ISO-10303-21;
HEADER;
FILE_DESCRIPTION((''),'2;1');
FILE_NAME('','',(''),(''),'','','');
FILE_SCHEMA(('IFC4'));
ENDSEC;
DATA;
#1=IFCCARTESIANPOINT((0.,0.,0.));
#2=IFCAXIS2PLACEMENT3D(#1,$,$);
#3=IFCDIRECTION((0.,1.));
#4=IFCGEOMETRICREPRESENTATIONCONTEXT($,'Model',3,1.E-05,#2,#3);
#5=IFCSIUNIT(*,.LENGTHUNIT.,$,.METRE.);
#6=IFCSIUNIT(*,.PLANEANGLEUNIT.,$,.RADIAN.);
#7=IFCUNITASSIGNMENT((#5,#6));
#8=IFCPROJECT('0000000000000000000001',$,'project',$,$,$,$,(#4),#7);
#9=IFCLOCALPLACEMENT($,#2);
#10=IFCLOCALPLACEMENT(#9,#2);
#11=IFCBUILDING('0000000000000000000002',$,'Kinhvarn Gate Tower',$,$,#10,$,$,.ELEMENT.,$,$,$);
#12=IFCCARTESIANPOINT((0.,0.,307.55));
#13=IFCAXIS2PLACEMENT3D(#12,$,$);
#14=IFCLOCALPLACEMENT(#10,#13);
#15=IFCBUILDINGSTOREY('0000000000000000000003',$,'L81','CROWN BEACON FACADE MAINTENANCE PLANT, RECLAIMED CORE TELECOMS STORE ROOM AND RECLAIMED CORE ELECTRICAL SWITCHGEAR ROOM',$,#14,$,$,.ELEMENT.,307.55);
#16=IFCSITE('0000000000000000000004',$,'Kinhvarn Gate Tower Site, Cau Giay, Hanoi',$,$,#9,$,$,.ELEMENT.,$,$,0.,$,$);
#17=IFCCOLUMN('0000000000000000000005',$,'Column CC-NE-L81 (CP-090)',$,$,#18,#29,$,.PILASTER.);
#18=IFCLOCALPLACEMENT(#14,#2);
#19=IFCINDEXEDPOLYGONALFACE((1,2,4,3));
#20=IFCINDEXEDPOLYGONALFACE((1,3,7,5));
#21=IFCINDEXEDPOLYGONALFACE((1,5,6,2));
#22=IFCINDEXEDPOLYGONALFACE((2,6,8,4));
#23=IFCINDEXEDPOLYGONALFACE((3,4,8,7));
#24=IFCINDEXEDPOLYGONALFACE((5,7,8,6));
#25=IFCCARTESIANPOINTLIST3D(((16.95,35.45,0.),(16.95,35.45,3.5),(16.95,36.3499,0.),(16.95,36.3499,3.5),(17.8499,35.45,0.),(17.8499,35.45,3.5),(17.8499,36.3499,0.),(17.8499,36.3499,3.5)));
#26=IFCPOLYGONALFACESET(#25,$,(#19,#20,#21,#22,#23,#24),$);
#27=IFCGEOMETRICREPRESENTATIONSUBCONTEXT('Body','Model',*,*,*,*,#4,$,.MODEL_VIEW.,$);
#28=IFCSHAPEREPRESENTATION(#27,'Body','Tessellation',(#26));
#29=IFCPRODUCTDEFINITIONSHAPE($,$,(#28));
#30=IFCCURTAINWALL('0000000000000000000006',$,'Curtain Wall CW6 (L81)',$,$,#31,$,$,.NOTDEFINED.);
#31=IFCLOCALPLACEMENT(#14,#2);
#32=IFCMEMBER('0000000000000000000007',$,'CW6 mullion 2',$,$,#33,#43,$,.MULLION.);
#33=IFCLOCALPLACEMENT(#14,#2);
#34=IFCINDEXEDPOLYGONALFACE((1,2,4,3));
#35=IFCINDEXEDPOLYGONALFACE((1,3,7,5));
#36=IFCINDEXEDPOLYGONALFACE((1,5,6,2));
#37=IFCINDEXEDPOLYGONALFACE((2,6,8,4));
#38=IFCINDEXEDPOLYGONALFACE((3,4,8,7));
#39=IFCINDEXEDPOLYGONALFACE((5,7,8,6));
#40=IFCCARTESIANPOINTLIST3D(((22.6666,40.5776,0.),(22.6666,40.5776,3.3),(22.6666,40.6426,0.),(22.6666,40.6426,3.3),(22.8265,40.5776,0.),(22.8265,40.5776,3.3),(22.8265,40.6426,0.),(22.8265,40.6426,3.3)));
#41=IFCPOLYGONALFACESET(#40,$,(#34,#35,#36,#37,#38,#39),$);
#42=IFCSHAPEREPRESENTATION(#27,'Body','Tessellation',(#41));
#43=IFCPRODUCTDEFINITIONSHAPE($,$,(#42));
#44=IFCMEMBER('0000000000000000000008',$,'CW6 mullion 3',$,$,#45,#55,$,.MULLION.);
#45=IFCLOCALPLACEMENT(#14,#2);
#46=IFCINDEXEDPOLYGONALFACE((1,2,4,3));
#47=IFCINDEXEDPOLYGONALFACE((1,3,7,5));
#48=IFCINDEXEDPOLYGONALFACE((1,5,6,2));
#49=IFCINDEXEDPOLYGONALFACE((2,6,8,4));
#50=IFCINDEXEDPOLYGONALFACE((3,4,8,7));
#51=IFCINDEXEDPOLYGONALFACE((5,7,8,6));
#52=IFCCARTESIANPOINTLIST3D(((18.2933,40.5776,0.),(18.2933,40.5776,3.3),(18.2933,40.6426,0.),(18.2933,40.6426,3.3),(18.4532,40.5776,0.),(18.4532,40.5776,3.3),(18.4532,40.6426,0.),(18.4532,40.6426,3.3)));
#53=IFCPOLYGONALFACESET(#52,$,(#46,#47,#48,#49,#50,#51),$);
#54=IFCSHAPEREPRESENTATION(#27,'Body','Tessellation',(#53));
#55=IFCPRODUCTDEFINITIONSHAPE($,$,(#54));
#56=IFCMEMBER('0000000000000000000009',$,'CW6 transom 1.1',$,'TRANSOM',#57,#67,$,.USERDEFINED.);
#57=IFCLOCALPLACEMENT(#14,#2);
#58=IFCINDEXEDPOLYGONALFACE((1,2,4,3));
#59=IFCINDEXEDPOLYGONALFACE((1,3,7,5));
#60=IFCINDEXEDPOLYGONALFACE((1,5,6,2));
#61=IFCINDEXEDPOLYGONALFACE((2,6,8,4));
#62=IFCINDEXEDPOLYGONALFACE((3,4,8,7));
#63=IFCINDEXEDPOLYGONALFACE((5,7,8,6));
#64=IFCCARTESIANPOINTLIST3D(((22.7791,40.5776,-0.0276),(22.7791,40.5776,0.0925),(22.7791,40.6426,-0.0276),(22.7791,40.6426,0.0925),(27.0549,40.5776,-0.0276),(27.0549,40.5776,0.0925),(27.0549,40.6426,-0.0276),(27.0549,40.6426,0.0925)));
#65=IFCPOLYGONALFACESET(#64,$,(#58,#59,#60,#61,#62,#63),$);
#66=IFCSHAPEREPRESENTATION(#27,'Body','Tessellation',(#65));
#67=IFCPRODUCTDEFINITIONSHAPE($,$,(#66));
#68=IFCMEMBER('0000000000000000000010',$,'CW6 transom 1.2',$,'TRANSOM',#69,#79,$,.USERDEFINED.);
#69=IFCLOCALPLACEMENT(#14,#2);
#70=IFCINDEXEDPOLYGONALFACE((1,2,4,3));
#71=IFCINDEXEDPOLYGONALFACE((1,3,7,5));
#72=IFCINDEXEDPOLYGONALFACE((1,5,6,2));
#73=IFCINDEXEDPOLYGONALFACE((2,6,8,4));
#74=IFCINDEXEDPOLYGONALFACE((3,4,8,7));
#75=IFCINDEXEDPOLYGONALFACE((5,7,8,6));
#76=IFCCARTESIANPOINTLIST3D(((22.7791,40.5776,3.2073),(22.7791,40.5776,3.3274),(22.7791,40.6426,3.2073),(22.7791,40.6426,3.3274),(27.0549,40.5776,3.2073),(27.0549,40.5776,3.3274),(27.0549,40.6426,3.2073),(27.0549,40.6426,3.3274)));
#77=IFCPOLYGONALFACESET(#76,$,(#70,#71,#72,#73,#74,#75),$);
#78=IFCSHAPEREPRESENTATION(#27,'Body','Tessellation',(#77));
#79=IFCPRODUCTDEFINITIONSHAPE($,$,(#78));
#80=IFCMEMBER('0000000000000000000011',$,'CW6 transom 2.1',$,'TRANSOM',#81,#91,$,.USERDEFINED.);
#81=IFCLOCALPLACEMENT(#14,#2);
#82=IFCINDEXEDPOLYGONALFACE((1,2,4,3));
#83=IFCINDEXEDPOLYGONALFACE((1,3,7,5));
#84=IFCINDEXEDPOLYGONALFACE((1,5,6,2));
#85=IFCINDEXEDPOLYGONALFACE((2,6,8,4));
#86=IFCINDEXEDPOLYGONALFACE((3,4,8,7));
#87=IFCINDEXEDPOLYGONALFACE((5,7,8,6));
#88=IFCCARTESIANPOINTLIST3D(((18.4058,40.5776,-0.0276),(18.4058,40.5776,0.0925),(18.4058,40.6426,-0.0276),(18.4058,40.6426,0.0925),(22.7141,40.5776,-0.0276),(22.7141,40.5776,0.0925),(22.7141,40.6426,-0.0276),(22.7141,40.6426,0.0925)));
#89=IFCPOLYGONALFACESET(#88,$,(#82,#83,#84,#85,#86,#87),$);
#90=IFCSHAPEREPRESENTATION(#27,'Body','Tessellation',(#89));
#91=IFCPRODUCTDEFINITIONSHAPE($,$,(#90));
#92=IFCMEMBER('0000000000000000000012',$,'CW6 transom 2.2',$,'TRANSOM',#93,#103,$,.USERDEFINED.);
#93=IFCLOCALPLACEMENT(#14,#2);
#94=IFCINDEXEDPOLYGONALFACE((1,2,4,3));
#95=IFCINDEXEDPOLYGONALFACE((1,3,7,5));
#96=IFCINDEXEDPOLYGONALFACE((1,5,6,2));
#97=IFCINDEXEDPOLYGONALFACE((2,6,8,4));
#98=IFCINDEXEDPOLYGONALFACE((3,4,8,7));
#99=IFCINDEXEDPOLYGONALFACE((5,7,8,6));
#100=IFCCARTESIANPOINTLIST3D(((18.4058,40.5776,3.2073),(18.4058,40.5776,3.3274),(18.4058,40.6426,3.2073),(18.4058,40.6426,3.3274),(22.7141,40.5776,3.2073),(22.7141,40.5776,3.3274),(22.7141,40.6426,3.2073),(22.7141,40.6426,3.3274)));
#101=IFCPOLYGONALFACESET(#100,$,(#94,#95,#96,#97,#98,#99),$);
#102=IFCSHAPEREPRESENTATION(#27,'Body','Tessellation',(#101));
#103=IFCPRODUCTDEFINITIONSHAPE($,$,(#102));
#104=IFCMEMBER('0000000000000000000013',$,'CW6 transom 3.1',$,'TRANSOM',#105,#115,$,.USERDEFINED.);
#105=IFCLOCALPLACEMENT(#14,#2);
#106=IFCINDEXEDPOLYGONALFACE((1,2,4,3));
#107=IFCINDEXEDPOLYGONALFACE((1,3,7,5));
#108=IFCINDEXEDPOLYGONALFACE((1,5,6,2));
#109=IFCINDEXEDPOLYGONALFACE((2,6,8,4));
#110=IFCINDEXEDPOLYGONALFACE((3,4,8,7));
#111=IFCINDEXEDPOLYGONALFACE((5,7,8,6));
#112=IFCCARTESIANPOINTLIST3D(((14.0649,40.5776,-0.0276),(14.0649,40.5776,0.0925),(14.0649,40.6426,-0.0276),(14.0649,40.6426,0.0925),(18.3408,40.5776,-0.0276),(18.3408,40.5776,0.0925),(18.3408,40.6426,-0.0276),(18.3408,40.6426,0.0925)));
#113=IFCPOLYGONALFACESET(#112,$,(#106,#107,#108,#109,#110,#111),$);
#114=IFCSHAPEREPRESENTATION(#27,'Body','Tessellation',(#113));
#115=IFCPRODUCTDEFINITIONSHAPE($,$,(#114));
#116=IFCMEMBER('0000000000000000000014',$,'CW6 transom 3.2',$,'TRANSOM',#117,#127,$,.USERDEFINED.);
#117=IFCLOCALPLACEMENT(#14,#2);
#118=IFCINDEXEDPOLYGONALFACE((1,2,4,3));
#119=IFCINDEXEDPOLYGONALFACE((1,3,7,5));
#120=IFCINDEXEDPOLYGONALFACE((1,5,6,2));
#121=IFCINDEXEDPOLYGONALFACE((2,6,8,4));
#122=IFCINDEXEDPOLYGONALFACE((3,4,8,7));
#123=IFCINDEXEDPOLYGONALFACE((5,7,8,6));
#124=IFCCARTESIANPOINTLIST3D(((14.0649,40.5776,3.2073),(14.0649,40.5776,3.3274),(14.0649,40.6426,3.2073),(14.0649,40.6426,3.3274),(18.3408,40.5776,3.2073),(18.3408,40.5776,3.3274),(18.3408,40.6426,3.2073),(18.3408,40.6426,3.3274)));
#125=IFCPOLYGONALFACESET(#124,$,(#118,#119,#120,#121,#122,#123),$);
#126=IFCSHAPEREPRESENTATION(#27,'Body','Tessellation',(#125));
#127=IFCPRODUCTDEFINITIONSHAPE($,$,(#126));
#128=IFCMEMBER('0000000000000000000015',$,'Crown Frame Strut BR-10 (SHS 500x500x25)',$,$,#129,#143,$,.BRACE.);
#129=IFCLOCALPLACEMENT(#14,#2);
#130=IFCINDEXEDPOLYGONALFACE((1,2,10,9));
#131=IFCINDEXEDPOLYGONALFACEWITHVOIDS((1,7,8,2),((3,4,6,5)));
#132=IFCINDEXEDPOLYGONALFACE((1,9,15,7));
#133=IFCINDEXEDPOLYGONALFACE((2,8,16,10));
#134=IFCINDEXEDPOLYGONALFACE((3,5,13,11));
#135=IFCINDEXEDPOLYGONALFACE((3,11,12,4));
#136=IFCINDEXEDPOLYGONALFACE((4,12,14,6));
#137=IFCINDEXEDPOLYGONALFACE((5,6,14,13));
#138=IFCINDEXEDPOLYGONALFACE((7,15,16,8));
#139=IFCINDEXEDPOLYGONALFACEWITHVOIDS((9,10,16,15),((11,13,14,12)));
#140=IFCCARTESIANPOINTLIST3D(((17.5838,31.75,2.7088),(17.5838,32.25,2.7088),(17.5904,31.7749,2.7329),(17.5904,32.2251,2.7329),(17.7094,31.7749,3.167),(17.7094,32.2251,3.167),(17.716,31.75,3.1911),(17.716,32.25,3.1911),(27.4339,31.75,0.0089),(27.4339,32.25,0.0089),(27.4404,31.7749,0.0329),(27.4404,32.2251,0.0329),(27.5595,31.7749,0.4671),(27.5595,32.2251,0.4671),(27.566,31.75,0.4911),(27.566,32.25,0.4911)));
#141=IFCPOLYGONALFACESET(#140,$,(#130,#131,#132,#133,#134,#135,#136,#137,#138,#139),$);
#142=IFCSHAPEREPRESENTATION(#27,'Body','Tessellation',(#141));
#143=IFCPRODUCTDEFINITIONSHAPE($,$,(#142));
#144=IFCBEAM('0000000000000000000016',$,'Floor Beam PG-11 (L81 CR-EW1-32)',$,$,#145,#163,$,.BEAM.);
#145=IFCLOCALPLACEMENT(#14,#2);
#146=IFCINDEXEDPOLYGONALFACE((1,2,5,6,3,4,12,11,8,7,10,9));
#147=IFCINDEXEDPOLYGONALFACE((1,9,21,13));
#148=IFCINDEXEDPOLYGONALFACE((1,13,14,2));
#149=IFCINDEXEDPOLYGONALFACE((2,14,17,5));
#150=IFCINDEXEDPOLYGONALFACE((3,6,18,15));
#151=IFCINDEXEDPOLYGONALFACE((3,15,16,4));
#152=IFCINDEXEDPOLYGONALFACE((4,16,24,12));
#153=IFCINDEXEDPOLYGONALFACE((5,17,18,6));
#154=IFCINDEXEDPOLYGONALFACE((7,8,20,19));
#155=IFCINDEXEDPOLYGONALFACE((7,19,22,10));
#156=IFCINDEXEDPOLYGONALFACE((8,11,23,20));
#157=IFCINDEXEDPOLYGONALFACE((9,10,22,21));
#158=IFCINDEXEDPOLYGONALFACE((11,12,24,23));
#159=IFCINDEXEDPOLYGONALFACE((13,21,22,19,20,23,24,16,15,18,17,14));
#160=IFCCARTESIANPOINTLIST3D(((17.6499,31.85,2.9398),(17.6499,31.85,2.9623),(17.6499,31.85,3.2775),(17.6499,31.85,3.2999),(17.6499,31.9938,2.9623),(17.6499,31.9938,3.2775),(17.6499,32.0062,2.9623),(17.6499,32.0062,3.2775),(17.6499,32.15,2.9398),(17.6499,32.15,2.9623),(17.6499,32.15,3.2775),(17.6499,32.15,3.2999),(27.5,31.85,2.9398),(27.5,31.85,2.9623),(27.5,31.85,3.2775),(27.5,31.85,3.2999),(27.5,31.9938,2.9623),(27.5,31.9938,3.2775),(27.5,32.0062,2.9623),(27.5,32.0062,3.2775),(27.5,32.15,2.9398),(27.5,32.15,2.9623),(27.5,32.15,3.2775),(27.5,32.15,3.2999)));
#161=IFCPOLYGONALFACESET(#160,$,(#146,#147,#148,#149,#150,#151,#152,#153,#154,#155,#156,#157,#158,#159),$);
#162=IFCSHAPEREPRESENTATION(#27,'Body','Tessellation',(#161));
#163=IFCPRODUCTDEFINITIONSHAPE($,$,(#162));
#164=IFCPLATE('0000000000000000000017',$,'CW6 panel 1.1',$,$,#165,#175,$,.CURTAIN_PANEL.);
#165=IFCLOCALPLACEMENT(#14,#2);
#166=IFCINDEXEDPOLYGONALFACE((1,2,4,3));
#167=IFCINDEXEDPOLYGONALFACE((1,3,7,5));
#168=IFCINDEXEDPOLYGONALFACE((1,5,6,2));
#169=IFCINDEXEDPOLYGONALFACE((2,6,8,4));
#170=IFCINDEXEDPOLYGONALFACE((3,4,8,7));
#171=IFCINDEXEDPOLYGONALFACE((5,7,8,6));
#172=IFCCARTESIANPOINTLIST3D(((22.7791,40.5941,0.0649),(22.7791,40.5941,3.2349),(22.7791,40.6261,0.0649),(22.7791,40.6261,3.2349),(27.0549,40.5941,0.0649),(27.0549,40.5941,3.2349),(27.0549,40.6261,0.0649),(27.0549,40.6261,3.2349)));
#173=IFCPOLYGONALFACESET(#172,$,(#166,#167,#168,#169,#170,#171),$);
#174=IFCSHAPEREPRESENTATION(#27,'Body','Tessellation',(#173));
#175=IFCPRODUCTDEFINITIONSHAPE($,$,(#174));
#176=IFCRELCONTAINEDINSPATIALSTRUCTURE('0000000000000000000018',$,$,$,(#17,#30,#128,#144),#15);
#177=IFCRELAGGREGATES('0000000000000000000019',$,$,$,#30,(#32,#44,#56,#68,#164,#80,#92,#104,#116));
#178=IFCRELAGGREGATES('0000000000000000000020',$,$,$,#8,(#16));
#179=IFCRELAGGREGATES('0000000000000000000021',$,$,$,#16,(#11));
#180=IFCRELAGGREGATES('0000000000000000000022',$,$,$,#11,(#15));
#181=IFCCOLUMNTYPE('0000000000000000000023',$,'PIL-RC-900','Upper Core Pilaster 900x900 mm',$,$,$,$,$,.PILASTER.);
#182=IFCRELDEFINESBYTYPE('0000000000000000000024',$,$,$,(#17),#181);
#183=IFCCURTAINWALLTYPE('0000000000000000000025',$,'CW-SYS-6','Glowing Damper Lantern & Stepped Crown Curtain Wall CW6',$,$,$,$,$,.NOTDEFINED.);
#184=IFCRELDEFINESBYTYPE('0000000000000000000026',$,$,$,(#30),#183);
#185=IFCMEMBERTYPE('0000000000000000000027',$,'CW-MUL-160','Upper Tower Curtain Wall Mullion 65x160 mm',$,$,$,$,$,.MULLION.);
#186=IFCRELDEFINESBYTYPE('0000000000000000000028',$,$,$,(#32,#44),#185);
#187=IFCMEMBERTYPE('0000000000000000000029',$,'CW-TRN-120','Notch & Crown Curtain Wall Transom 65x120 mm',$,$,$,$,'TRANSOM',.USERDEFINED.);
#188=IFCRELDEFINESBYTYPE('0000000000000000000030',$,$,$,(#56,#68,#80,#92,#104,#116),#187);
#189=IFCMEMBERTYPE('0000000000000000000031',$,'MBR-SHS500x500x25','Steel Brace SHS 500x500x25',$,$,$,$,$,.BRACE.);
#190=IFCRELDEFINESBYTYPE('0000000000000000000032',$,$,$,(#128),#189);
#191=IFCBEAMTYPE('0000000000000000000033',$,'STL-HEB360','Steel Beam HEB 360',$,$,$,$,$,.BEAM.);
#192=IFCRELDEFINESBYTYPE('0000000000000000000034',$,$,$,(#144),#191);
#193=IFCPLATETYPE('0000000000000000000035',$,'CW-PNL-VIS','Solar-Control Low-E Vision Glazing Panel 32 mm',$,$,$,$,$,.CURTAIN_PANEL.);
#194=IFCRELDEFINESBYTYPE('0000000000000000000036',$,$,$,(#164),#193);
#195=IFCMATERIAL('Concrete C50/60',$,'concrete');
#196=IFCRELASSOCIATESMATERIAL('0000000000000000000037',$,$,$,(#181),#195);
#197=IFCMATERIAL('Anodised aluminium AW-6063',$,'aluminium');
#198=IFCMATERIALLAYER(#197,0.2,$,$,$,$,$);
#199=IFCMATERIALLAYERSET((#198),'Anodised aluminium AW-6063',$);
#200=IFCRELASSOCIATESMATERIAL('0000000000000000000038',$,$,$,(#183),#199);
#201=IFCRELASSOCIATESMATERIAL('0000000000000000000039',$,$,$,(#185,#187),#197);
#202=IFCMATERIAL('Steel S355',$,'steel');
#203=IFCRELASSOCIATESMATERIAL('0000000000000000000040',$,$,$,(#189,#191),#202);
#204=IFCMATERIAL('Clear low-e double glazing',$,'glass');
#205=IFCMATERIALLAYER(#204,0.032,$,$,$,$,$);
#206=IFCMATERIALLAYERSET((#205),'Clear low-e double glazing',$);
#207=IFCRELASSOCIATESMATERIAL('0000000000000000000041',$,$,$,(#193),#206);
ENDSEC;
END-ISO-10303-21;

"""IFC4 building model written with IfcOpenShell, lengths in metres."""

from ifc_helpers import new_model, si_unit, direction, frame, origin, origin_2d, place, context, subcontext, project, spatial, rectangle, hollow_rectangle, i_section, extrude, material, layer, layer_set, material_profile, profile_set, type_object, element, aggregate, save


model = new_model("IFC4")

# Units and contexts
model_context = context("Model", 3, precision=1e-05, world=origin(), true_north=direction((0.0, 1.0)))
body_context = subcontext(model_context, "Body", "Model", "MODEL_VIEW")
ifc_project = project(units=[si_unit("LENGTHUNIT", "METRE"), si_unit("PLANEANGLEUNIT", "RADIAN")], contexts=[model_context])

# Site, building, storey
site_placement = place(None, origin())
site = spatial("IfcSite", under=ifc_project, at=site_placement, Name="Kinhvarn Gate Tower Site, Cau Giay, Hanoi", CompositionType="ELEMENT", RefElevation=0.0)
building_placement = place(site_placement, origin())
building = spatial("IfcBuilding", under=site, at=building_placement, Name="Kinhvarn Gate Tower", CompositionType="ELEMENT")
storey_placement = place(building_placement, frame((0.0, 0.0, 307.55)))
storey = spatial("IfcBuildingStorey", under=building, at=storey_placement, Name="L81", Description="CROWN BEACON FACADE MAINTENANCE PLANT, RECLAIMED CORE TELECOMS STORE ROOM AND RECLAIMED CORE ELECTRICAL SWITCHGEAR ROOM", CompositionType="ELEMENT", Elevation=307.55)

# Column
ifc_material_1 = material(Name="Concrete C50/60", Category="concrete")
ifc_material_profile_1 = material_profile(ifc_material_1, rectangle(XDim=0.8999, YDim=0.8999, at=origin_2d()), Name="RC 900x900")
ifc_profile_set_1 = profile_set([ifc_material_profile_1], Name="Concrete C50/60")
column_type = type_object("IfcColumnType", Name="PIL-RC-900", Description="Upper Core Pilaster 900x900 mm", PredefinedType="PILASTER", material=ifc_profile_set_1)
column_placement = place(storey_placement, frame((17.3999, 35.8999, 0.0), z_axis=(0.0, 0.0, 1.0), x_axis=(1.0, 0.0, 0.0)))
element("IfcColumn", 1, at=column_placement, inside=storey, type_object=column_type, Name="Column CC-NE-L81 (CP-090)", PredefinedType="PILASTER", context=body_context, shape_type="SweptSolid", body=[
    extrude(rectangle(XDim=0.8999, YDim=0.8999, at=origin_2d()), origin(), (0.0, 0.0, 1.0), 3.5),
])

# Curtain wall, members
ifc_material_2 = material(Name="Anodised aluminium AW-6063", Category="aluminium")
ifc_layer_1 = layer(ifc_material_2, 0.2)
ifc_layer_set_1 = layer_set([ifc_layer_1], Name="Anodised aluminium AW-6063")
curtain_wall_type = type_object("IfcCurtainWallType", Name="CW-SYS-6", Description="Glowing Damper Lantern & Stepped Crown Curtain Wall CW6", PredefinedType="NOTDEFINED", material=ifc_layer_set_1)
curtain_wall_placement = place(storey_placement, origin())
curtain_wall = element("IfcCurtainWall", 2, at=curtain_wall_placement, inside=storey, type_object=curtain_wall_type, Name="Curtain Wall CW6 (L81)", PredefinedType="NOTDEFINED")
ifc_material_profile_2 = material_profile(ifc_material_2, rectangle(XDim=0.0649, YDim=0.1599, at=origin_2d()), Name="ALU 65x160")
ifc_profile_set_2 = profile_set([ifc_material_profile_2], Name="Anodised aluminium AW-6063")
member_type_1 = type_object("IfcMemberType", Name="CW-MUL-160", Description="Upper Tower Curtain Wall Mullion 65x160 mm", PredefinedType="MULLION", material=ifc_profile_set_2)
member_1_placement = place(storey_placement, frame((22.7466, 40.6101, 0.0), z_axis=(0.0, 0.0, 1.0), x_axis=(0.0, -1.0, 0.0)))
member_1 = element("IfcMember", 3, at=member_1_placement, type_object=member_type_1, Name="CW6 mullion 2", PredefinedType="MULLION", context=body_context, shape_type="SweptSolid", body=[
    extrude(rectangle(XDim=0.0649, YDim=0.1599, at=origin_2d()), origin(), (0.0, 0.0, 1.0), 3.3),
])
member_2_placement = place(storey_placement, frame((18.3733, 40.6101, 0.0), z_axis=(0.0, 0.0, 1.0), x_axis=(0.0, -1.0, 0.0)))
member_2 = element("IfcMember", 4, at=member_2_placement, type_object=member_type_1, Name="CW6 mullion 3", PredefinedType="MULLION", context=body_context, shape_type="SweptSolid", body=[
    extrude(rectangle(XDim=0.0649, YDim=0.1599, at=origin_2d()), origin(), (0.0, 0.0, 1.0), 3.3),
])
ifc_material_profile_3 = material_profile(ifc_material_2, rectangle(XDim=0.0649, YDim=0.1201, at=origin_2d()), Name="ALU 65x120")
ifc_profile_set_3 = profile_set([ifc_material_profile_3], Name="Anodised aluminium AW-6063")
member_type_2 = type_object("IfcMemberType", Name="CW-TRN-120", Description="Notch & Crown Curtain Wall Transom 65x120 mm", ElementType="TRANSOM", PredefinedType="USERDEFINED", material=ifc_profile_set_3)
member_3_placement = place(storey_placement, frame((27.0549, 40.6101, 0.0325), z_axis=(-1.0, 0.0, 0.0), x_axis=(0.0, -1.0, 0.0)))
member_3 = element("IfcMember", 5, at=member_3_placement, type_object=member_type_2, Name="CW6 transom 1.1", ObjectType="TRANSOM", PredefinedType="USERDEFINED", context=body_context, shape_type="SweptSolid", body=[
    extrude(rectangle(XDim=0.0649, YDim=0.1201, at=origin_2d()), origin(), (0.0, 0.0, 1.0), 4.2759),
])
member_4_placement = place(storey_placement, frame((27.0549, 40.6101, 3.2673), z_axis=(-1.0, 0.0, 0.0), x_axis=(0.0, -1.0, 0.0)))
member_4 = element("IfcMember", 6, at=member_4_placement, type_object=member_type_2, Name="CW6 transom 1.2", ObjectType="TRANSOM", PredefinedType="USERDEFINED", context=body_context, shape_type="SweptSolid", body=[
    extrude(rectangle(XDim=0.0649, YDim=0.1201, at=origin_2d()), origin(), (0.0, 0.0, 1.0), 4.2759),
])
member_5_placement = place(storey_placement, frame((22.7141, 40.6101, 0.0325), z_axis=(-1.0, 0.0, 0.0), x_axis=(0.0, -1.0, 0.0)))
member_5 = element("IfcMember", 7, at=member_5_placement, type_object=member_type_2, Name="CW6 transom 2.1", ObjectType="TRANSOM", PredefinedType="USERDEFINED", context=body_context, shape_type="SweptSolid", body=[
    extrude(rectangle(XDim=0.0649, YDim=0.1201, at=origin_2d()), origin(), (0.0, 0.0, 1.0), 4.3083),
])
member_6_placement = place(storey_placement, frame((22.7141, 40.6101, 3.2673), z_axis=(-1.0, 0.0, 0.0), x_axis=(0.0, -1.0, 0.0)))
member_6 = element("IfcMember", 8, at=member_6_placement, type_object=member_type_2, Name="CW6 transom 2.2", ObjectType="TRANSOM", PredefinedType="USERDEFINED", context=body_context, shape_type="SweptSolid", body=[
    extrude(rectangle(XDim=0.0649, YDim=0.1201, at=origin_2d()), origin(), (0.0, 0.0, 1.0), 4.3083),
])
member_7_placement = place(storey_placement, frame((18.3408, 40.6101, 0.0325), z_axis=(-1.0, 0.0, 0.0), x_axis=(0.0, -1.0, 0.0)))
member_7 = element("IfcMember", 9, at=member_7_placement, type_object=member_type_2, Name="CW6 transom 3.1", ObjectType="TRANSOM", PredefinedType="USERDEFINED", context=body_context, shape_type="SweptSolid", body=[
    extrude(rectangle(XDim=0.0649, YDim=0.1201, at=origin_2d()), origin(), (0.0, 0.0, 1.0), 4.2759),
])
member_8_placement = place(storey_placement, frame((18.3408, 40.6101, 3.2673), z_axis=(-1.0, 0.0, 0.0), x_axis=(0.0, -1.0, 0.0)))
member_8 = element("IfcMember", 10, at=member_8_placement, type_object=member_type_2, Name="CW6 transom 3.2", ObjectType="TRANSOM", PredefinedType="USERDEFINED", context=body_context, shape_type="SweptSolid", body=[
    extrude(rectangle(XDim=0.0649, YDim=0.1201, at=origin_2d()), origin(), (0.0, 0.0, 1.0), 4.2759),
])

# Member
ifc_material_3 = material(Name="Steel S355", Category="steel")
ifc_material_profile_4 = material_profile(ifc_material_3, hollow_rectangle(XDim=0.5, YDim=0.5, WallThickness=0.0249, at=origin_2d()), Name="SHS 500x500x25")
ifc_profile_set_4 = profile_set([ifc_material_profile_4], Name="Steel S355")
member_type_3 = type_object("IfcMemberType", Name="MBR-SHS500x500x25", Description="Steel Brace SHS 500x500x25", PredefinedType="BRACE", material=ifc_profile_set_4)
member_9_placement = place(storey_placement, frame((17.6499, 32.0, 2.95), z_axis=(0.964426, 0.0, -0.264353), x_axis=(0.0, 1.0, 0.0)))
element("IfcMember", 11, at=member_9_placement, inside=storey, type_object=member_type_3, Name="Crown Frame Strut BR-10 (SHS 500x500x25)", PredefinedType="BRACE", context=body_context, shape_type="SweptSolid", body=[
    extrude(hollow_rectangle(XDim=0.5, YDim=0.5, WallThickness=0.0249, at=origin_2d()), origin(), (0.0, 0.0, 1.0), 10.2134),
])

# Beam
ifc_material_profile_5 = material_profile(ifc_material_3, i_section(OverallWidth=0.3, OverallDepth=0.3601, WebThickness=0.0125, FlangeThickness=0.0225, at=origin_2d()), Name="HEB 360")
ifc_profile_set_5 = profile_set([ifc_material_profile_5], Name="Steel S355")
beam_type = type_object("IfcBeamType", Name="STL-HEB360", Description="Steel Beam HEB 360", PredefinedType="BEAM", material=ifc_profile_set_5)
beam_placement = place(storey_placement, frame((17.6499, 32.0, 3.1199), z_axis=(1.0, 0.0, 0.0), x_axis=(0.0, 1.0, 0.0)))
element("IfcBeam", 12, at=beam_placement, inside=storey, type_object=beam_type, Name="Floor Beam PG-11 (L81 CR-EW1-32)", PredefinedType="BEAM", context=body_context, shape_type="SweptSolid", body=[
    extrude(i_section(OverallWidth=0.3, OverallDepth=0.3601, WebThickness=0.0125, FlangeThickness=0.0225, at=origin_2d()), origin(), (0.0, 0.0, 1.0), 9.8501),
])

# Plate
ifc_material_4 = material(Name="Clear low-e double glazing", Category="glass")
ifc_layer_2 = layer(ifc_material_4, 0.032)
ifc_layer_set_2 = layer_set([ifc_layer_2], Name="Clear low-e double glazing")
plate_type = type_object("IfcPlateType", Name="CW-PNL-VIS", Description="Solar-Control Low-E Vision Glazing Panel 32 mm", PredefinedType="CURTAIN_PANEL", material=ifc_layer_set_2)
plate_1_placement = place(storey_placement, frame((24.917, 40.6101, 0.0649), z_axis=(0.0, 0.0, 1.0), x_axis=(-1.0, 0.0, 0.0)))
plate_1 = element("IfcPlate", 13, at=plate_1_placement, type_object=plate_type, Name="CW6 panel 1.1", PredefinedType="CURTAIN_PANEL", context=body_context, shape_type="SweptSolid", body=[
    extrude(rectangle(XDim=4.2759, YDim=0.032, at=origin_2d()), origin(), (0.0, 0.0, 1.0), 3.1699),
])
aggregate(curtain_wall, [member_1, member_2, member_3, member_4, plate_1, member_5, member_6, member_7, member_8])

save(model, "model.ifc")
